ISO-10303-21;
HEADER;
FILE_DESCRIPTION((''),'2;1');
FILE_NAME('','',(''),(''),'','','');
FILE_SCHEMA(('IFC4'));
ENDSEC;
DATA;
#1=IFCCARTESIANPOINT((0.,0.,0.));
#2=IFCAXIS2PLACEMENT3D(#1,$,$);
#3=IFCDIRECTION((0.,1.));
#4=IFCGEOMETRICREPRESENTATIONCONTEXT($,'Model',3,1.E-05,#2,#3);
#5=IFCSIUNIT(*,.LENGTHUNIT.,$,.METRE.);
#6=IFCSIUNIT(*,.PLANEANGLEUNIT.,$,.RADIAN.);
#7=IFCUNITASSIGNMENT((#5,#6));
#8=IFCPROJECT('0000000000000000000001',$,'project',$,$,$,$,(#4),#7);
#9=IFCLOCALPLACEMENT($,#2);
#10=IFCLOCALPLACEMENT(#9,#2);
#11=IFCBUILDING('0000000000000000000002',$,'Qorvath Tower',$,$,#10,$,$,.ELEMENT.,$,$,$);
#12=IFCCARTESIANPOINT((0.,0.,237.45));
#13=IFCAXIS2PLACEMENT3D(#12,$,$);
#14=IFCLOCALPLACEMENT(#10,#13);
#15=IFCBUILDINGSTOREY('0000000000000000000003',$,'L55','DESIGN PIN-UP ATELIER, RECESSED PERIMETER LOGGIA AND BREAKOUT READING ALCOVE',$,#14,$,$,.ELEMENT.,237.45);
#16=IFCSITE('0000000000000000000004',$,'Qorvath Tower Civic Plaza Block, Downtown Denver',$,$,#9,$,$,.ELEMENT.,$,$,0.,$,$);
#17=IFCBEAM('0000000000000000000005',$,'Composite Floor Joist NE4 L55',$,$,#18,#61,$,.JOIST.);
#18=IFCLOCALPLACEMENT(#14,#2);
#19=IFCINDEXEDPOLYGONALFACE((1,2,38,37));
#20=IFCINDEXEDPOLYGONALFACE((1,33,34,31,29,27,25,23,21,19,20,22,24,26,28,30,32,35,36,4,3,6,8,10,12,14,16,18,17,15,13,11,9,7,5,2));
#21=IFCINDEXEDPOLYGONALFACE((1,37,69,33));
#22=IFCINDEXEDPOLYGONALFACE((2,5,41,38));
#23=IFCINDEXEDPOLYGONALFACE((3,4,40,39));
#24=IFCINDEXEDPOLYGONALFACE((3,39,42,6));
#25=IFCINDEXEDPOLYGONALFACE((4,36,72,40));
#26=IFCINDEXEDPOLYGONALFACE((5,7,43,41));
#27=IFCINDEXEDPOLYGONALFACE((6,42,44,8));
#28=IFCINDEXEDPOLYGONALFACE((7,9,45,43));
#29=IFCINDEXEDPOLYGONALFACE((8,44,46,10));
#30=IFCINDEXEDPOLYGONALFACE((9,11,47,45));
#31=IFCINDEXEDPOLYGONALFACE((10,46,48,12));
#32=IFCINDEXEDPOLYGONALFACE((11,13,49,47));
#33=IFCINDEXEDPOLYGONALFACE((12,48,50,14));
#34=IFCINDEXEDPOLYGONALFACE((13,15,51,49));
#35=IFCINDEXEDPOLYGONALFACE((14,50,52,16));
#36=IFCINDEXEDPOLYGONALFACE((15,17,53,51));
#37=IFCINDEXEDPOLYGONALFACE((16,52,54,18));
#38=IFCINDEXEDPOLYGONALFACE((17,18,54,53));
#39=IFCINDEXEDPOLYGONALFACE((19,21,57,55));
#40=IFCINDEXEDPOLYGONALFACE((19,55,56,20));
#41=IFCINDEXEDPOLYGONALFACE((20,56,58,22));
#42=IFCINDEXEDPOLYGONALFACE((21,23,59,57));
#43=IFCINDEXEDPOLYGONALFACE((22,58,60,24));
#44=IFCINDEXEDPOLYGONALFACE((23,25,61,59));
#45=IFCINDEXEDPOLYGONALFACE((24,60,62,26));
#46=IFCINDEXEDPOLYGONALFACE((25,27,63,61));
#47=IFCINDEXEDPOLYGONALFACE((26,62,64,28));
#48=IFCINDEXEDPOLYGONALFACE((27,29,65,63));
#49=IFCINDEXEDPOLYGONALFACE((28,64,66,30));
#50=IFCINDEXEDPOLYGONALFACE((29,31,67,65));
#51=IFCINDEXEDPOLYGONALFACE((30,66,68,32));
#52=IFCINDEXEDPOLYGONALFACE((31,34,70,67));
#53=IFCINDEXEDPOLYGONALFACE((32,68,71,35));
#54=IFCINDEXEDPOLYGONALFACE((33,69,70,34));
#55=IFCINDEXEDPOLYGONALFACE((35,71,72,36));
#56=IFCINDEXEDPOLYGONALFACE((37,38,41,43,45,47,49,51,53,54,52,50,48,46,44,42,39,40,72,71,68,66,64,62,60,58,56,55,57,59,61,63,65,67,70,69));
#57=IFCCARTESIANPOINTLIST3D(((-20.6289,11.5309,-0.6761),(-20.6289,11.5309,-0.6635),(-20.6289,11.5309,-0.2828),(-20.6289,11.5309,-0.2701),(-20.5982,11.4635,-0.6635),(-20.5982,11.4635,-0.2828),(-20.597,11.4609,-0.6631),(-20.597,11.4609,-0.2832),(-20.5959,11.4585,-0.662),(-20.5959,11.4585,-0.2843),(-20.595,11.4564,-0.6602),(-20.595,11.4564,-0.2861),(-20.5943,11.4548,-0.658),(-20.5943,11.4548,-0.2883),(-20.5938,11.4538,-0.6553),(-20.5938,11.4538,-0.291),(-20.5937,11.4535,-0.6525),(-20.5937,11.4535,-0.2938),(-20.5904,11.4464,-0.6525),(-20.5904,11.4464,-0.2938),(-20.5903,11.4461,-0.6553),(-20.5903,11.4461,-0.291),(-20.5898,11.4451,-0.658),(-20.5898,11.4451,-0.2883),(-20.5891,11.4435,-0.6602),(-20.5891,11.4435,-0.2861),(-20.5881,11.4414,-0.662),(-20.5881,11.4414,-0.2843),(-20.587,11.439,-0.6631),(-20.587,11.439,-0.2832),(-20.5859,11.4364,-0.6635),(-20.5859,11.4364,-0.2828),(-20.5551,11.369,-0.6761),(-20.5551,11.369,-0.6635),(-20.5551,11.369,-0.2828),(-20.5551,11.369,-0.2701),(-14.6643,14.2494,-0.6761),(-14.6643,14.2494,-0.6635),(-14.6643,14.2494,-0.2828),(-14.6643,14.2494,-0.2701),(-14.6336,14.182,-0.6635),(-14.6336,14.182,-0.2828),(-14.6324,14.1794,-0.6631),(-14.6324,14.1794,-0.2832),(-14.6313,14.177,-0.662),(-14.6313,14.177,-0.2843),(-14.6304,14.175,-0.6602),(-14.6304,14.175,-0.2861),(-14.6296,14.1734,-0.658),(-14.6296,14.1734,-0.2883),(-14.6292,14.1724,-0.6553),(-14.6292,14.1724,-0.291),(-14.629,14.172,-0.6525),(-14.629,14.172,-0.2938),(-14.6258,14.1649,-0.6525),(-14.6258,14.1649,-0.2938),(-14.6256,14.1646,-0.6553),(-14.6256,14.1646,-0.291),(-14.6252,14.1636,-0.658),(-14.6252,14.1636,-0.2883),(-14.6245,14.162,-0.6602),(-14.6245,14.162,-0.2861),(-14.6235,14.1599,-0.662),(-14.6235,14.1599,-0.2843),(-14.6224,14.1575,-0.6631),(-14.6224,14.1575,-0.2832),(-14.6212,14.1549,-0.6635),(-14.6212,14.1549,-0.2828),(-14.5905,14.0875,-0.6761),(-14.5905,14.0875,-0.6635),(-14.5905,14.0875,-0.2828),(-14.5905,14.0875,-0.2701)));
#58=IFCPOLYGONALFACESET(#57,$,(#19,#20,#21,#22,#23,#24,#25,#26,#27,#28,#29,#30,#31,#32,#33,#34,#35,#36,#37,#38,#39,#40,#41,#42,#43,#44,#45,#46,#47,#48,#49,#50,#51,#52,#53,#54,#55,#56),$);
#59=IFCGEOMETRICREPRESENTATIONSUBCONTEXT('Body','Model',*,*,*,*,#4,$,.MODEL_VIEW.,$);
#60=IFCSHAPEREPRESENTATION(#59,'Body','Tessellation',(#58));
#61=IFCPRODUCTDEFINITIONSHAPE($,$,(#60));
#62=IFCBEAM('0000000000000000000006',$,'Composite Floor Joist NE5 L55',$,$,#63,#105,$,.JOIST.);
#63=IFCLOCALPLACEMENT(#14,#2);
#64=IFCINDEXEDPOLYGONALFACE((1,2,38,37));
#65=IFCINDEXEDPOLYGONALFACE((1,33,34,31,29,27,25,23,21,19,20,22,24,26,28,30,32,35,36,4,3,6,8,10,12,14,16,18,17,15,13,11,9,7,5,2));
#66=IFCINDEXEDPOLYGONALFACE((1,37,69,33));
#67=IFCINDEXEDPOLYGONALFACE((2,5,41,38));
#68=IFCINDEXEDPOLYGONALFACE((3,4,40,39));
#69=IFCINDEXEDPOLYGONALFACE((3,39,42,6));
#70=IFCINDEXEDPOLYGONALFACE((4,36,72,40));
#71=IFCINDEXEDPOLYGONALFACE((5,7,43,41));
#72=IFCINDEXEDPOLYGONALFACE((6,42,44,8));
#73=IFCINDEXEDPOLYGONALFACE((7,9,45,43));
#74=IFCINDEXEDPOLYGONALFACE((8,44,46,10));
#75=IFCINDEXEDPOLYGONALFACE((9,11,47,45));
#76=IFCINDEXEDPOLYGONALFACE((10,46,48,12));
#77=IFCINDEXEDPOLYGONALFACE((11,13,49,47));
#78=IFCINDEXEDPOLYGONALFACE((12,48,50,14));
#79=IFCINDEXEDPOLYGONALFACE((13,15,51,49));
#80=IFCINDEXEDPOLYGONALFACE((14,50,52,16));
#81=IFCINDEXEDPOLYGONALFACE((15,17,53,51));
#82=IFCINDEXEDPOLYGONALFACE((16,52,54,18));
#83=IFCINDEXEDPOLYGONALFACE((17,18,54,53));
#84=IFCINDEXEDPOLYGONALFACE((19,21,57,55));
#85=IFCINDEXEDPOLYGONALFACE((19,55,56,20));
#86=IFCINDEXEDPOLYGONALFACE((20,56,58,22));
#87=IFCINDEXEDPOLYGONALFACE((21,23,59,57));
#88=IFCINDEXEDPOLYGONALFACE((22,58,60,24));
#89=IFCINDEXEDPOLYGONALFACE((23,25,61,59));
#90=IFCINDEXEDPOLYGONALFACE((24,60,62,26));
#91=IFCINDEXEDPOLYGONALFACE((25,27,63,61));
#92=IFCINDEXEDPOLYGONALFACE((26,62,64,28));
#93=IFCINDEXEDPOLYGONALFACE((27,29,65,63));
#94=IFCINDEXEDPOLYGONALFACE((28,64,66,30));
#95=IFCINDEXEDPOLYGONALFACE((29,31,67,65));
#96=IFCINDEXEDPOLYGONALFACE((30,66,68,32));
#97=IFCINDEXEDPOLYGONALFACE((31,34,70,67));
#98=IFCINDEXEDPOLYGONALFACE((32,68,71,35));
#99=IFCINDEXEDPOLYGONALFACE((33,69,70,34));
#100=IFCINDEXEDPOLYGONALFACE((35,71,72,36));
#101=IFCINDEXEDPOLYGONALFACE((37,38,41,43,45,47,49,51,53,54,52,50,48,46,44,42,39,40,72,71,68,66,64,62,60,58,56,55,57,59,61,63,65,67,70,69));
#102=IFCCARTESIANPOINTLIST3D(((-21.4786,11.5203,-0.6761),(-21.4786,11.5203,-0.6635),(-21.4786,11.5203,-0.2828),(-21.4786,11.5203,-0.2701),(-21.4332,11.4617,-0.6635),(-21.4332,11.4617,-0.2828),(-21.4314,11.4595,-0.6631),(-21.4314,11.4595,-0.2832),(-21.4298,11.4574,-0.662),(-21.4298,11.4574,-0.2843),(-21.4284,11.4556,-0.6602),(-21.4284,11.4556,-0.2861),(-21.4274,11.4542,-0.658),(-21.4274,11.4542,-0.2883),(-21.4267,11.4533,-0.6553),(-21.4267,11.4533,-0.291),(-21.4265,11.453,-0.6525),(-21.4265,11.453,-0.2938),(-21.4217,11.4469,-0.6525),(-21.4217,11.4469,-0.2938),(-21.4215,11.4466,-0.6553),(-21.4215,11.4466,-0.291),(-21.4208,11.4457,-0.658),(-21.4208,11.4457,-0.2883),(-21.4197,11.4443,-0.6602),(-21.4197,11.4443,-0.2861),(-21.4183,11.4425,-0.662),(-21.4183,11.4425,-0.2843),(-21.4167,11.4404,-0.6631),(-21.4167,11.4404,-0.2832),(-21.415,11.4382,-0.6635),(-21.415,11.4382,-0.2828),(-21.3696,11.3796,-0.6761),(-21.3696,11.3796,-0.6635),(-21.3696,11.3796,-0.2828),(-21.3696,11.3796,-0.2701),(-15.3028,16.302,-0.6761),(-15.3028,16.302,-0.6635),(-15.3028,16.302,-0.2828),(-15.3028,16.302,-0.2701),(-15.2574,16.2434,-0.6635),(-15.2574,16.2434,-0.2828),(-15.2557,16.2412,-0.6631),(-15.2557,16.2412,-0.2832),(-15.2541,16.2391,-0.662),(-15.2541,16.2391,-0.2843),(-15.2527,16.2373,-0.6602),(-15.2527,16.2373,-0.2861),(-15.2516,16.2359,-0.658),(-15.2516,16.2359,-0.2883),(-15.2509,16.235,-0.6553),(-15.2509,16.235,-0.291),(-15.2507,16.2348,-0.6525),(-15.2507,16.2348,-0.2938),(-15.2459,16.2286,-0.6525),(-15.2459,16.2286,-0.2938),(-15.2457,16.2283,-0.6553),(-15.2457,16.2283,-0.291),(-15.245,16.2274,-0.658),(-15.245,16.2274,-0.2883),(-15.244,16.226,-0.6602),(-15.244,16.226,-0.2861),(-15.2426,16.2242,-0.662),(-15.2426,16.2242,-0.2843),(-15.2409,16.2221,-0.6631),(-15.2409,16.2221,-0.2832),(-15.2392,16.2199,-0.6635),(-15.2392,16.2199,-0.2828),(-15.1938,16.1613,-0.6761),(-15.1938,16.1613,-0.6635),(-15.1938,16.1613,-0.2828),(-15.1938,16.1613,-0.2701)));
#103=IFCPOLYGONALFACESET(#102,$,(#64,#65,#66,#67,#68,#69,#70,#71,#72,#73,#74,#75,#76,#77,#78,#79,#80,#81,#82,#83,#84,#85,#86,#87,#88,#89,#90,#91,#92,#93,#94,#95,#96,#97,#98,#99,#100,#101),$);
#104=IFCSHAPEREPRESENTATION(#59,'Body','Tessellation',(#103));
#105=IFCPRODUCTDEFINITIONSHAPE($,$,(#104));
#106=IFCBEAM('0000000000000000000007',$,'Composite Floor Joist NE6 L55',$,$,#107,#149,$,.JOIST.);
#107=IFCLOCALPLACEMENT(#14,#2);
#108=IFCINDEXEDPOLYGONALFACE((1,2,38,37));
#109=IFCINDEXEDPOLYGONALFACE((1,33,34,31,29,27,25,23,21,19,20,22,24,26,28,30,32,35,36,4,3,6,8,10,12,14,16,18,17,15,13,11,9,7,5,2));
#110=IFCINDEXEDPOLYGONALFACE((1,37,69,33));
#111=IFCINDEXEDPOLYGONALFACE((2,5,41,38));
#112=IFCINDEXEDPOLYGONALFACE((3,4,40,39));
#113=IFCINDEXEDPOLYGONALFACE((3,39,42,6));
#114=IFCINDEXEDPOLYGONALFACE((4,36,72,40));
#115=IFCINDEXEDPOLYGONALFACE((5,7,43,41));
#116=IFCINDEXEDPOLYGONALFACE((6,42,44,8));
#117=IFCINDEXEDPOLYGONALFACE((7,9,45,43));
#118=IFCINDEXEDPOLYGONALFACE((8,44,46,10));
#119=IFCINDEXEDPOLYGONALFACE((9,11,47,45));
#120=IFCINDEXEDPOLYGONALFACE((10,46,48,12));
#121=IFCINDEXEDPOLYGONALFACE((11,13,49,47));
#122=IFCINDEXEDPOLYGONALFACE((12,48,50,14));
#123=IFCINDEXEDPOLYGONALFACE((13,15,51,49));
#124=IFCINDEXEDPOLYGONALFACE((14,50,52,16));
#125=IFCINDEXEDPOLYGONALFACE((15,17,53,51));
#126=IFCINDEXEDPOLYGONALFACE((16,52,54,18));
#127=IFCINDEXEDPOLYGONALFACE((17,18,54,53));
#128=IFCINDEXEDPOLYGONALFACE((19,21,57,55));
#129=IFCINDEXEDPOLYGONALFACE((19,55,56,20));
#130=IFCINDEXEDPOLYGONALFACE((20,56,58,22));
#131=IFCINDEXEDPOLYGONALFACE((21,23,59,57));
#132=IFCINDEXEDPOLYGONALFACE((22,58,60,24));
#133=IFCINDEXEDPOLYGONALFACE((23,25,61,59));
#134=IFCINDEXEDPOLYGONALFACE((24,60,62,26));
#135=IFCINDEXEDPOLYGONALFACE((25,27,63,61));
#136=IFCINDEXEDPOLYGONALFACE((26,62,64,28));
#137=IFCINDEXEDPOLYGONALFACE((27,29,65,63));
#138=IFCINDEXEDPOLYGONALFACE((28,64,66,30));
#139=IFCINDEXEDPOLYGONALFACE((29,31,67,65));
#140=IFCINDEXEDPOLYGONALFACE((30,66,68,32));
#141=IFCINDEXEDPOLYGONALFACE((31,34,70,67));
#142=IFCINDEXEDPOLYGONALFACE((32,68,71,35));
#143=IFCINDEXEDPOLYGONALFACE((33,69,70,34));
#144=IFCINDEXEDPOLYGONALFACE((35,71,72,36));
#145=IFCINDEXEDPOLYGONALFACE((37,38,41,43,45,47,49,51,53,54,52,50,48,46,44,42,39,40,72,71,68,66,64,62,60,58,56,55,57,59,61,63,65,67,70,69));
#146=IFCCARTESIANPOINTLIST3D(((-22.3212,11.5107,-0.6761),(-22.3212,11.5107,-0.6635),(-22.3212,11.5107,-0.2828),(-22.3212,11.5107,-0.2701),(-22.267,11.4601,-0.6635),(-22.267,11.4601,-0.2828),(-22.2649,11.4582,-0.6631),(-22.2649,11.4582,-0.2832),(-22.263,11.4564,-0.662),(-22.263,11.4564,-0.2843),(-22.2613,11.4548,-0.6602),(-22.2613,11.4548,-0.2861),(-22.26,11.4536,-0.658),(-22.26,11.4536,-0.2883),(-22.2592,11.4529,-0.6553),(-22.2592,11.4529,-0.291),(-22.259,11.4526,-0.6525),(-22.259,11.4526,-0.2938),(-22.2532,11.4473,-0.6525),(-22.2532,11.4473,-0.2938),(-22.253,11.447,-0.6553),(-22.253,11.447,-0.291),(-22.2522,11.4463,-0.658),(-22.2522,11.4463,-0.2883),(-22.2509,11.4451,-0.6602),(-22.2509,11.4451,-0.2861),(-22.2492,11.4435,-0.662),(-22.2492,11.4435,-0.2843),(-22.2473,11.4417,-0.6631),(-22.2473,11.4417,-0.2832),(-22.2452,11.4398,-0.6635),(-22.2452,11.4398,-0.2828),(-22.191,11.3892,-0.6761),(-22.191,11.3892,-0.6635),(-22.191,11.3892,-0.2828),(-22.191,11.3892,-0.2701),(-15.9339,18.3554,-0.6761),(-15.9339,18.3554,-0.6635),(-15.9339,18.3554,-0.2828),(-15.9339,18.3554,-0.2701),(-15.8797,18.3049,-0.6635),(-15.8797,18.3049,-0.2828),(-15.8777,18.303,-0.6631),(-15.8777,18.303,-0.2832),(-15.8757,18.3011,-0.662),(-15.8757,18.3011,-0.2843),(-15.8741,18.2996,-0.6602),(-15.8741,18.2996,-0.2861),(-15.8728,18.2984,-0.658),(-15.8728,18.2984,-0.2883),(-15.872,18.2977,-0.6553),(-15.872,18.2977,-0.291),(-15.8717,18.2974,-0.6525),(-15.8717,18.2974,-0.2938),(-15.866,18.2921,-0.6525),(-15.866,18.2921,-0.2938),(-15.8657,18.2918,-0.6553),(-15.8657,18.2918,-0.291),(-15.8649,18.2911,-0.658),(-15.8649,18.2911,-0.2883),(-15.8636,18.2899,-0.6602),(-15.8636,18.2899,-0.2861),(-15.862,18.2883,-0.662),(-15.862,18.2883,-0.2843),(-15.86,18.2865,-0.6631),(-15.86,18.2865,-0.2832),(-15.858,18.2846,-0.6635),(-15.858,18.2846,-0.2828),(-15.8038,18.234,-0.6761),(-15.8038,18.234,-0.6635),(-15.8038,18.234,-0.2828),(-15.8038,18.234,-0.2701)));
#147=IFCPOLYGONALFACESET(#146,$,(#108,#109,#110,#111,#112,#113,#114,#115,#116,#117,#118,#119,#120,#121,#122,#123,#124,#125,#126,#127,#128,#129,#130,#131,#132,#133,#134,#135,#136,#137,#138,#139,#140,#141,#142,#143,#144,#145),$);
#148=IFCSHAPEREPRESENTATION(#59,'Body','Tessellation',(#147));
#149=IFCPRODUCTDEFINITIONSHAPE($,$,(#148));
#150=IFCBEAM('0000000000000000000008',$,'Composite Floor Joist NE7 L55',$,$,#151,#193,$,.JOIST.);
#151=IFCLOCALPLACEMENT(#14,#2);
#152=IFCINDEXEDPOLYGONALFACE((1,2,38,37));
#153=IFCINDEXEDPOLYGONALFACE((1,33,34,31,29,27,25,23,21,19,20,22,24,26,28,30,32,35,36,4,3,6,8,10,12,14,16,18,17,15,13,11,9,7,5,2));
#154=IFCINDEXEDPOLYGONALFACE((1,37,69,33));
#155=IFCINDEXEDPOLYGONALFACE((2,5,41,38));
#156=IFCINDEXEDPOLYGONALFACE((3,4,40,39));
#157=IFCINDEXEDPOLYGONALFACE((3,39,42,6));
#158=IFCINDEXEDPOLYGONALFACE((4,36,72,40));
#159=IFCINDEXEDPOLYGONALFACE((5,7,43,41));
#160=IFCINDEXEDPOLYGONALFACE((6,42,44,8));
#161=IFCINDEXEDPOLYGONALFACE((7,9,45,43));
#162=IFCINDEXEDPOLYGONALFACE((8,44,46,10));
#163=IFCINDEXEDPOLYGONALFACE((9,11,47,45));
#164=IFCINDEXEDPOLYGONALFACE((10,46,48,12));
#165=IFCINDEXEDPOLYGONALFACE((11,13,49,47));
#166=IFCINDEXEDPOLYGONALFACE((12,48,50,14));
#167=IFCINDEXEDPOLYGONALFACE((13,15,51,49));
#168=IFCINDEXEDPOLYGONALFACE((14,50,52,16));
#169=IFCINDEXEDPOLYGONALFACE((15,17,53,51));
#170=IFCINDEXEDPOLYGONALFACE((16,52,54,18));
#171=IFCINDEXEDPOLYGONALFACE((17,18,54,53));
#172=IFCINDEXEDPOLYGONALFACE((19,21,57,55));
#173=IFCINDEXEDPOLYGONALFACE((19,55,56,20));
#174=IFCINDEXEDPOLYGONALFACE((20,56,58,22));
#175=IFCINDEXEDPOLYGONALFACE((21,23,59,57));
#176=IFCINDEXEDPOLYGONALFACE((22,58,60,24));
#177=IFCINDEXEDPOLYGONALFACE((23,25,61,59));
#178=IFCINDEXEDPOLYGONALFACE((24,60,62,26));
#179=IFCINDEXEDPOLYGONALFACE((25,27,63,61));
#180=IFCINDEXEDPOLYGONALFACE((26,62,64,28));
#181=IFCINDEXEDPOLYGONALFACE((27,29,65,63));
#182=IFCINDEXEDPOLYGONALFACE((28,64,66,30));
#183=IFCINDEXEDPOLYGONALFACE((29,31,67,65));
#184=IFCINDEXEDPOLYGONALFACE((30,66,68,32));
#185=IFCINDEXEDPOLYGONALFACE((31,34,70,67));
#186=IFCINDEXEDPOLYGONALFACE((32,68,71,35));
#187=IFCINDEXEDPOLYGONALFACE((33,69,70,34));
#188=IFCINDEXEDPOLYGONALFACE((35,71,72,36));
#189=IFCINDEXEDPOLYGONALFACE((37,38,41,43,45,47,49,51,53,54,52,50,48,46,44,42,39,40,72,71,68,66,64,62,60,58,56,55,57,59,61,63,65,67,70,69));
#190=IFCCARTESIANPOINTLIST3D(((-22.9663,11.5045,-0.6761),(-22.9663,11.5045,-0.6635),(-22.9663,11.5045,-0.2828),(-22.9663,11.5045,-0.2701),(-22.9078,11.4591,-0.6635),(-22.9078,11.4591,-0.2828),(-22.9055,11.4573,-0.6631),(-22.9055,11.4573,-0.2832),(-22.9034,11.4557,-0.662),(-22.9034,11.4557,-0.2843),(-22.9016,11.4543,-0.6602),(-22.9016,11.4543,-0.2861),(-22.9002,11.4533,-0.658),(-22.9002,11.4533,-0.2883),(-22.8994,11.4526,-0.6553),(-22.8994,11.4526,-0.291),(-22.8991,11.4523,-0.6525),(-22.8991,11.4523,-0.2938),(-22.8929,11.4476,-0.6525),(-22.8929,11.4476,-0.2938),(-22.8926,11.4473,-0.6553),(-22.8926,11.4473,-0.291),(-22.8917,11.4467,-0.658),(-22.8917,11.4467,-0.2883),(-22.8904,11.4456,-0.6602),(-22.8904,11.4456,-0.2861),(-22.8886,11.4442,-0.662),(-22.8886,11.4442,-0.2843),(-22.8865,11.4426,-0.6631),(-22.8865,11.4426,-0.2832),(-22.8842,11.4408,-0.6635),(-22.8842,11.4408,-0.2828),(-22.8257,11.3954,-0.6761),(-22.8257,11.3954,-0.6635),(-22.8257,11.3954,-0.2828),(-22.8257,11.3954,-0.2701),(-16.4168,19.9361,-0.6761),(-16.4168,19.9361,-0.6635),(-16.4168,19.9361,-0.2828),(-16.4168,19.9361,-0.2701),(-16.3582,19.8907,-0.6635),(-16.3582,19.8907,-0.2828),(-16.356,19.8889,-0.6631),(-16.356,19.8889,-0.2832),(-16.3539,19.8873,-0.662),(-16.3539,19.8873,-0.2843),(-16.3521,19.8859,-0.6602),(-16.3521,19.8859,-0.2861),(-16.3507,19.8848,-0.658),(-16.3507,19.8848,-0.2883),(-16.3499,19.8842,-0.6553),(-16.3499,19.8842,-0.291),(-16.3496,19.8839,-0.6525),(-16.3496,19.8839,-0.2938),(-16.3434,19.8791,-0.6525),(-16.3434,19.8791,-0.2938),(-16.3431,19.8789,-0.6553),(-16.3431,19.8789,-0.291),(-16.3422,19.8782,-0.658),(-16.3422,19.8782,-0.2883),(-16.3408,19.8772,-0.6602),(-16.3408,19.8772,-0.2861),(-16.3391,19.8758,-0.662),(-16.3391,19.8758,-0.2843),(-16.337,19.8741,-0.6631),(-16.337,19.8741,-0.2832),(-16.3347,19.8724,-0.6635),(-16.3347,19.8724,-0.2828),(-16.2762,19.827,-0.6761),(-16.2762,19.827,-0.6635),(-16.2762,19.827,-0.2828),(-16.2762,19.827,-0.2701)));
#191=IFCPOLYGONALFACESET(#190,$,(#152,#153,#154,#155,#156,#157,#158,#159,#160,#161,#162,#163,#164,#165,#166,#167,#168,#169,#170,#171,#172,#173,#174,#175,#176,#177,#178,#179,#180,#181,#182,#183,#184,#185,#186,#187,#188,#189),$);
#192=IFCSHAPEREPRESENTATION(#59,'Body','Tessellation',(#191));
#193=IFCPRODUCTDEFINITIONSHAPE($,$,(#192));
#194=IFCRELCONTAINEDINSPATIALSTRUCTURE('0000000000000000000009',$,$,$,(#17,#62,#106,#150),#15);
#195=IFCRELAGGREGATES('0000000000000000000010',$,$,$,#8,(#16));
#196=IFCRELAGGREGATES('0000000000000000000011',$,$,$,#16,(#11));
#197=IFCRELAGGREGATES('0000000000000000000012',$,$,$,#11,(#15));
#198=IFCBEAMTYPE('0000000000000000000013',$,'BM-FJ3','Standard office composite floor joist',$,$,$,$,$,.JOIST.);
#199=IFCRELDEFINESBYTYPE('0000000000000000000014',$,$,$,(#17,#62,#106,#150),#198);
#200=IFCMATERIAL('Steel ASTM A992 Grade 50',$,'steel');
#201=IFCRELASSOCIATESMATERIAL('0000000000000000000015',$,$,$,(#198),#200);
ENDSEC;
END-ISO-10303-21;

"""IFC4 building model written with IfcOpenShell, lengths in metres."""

from ifc_helpers import new_model, si_unit, direction, frame, origin, origin_2d, place, context, subcontext, project, spatial, i_section, extrude, material, material_profile, profile_set, type_object, element, save


model = new_model("IFC4")

# Units and contexts
model_context = context("Model", 3, precision=1e-05, world=origin(), true_north=direction((0.0, 1.0)))
body_context = subcontext(model_context, "Body", "Model", "MODEL_VIEW")
ifc_project = project(units=[si_unit("LENGTHUNIT", "METRE"), si_unit("PLANEANGLEUNIT", "RADIAN")], contexts=[model_context])

# Site, building, storey
site_placement = place(None, origin())
site = spatial("IfcSite", under=ifc_project, at=site_placement, Name="Qorvath Tower Civic Plaza Block, Downtown Denver", CompositionType="ELEMENT", RefElevation=0.0)
building_placement = place(site_placement, origin())
building = spatial("IfcBuilding", under=site, at=building_placement, Name="Qorvath Tower", CompositionType="ELEMENT")
storey_placement = place(building_placement, frame((0.0, 0.0, 237.45)))
storey = spatial("IfcBuildingStorey", under=building, at=storey_placement, Name="L55", Description="DESIGN PIN-UP ATELIER, RECESSED PERIMETER LOGGIA AND BREAKOUT READING ALCOVE", CompositionType="ELEMENT", Elevation=237.45)

# Beams
ifc_material_1 = material(Name="Steel ASTM A992 Grade 50", Category="steel")
ifc_material_profile_1 = material_profile(ifc_material_1, i_section(OverallWidth=0.178, OverallDepth=0.406, WebThickness=0.0078, FlangeThickness=0.0127, FilletRadius=0.011, at=origin_2d()), Name="W16x40")
ifc_profile_set_1 = profile_set([ifc_material_profile_1], Name="Steel ASTM A992 Grade 50")
beam_type_1 = type_object("IfcBeamType", Name="BM-FJ3", Description="Standard office composite floor joist", PredefinedType="JOIST", material=ifc_profile_set_1)
beam_1_placement = place(storey_placement, frame((-20.592, 11.45, -0.4731), z_axis=(0.909945, 0.414729, 0.0), x_axis=(-0.414729, 0.909945, 0.0)))
element("IfcBeam", 1, at=beam_1_placement, inside=storey, type_object=beam_type_1, Name="Composite Floor Joist NE4 L55", PredefinedType="JOIST", context=body_context, shape_type="SweptSolid", body=[
    extrude(i_section(OverallWidth=0.178, OverallDepth=0.406, WebThickness=0.0078, FlangeThickness=0.0127, FilletRadius=0.011, at=origin_2d()), origin(), (0.0, 0.0, 1.0), 6.5549),
])
beam_2_placement = place(storey_placement, frame((-21.4241, 11.45, -0.4731), z_axis=(0.790693, 0.612212, 0.0), x_axis=(-0.612212, 0.790693, 0.0)))
element("IfcBeam", 2, at=beam_2_placement, inside=storey, type_object=beam_type_1, Name="Composite Floor Joist NE5 L55", PredefinedType="JOIST", context=body_context, shape_type="SweptSolid", body=[
    extrude(i_section(OverallWidth=0.178, OverallDepth=0.406, WebThickness=0.0078, FlangeThickness=0.0127, FilletRadius=0.011, at=origin_2d()), origin(), (0.0, 0.0, 1.0), 7.8105),
])
beam_3_placement = place(storey_placement, frame((-22.2561, 11.45, -0.4731), z_axis=(0.682249, 0.731119, 0.0), x_axis=(-0.731119, 0.682249, 0.0)))
element("IfcBeam", 3, at=beam_3_placement, inside=storey, type_object=beam_type_1, Name="Composite Floor Joist NE6 L55", PredefinedType="JOIST", context=body_context, shape_type="SweptSolid", body=[
    extrude(i_section(OverallWidth=0.178, OverallDepth=0.406, WebThickness=0.0078, FlangeThickness=0.0127, FilletRadius=0.011, at=origin_2d()), origin(), (0.0, 0.0, 1.0), 9.3621),
])
beam_4_placement = place(storey_placement, frame((-22.896, 11.45, -0.4731), z_axis=(0.613451, 0.789733, 0.0), x_axis=(-0.789733, 0.613451, 0.0)))
element("IfcBeam", 4, at=beam_4_placement, inside=storey, type_object=beam_type_1, Name="Composite Floor Joist NE7 L55", PredefinedType="JOIST", context=body_context, shape_type="SweptSolid", body=[
    extrude(i_section(OverallWidth=0.178, OverallDepth=0.406, WebThickness=0.0078, FlangeThickness=0.0127, FilletRadius=0.011, at=origin_2d()), origin(), (0.0, 0.0, 1.0), 10.6765),
])

save(model, "model.ifc")
